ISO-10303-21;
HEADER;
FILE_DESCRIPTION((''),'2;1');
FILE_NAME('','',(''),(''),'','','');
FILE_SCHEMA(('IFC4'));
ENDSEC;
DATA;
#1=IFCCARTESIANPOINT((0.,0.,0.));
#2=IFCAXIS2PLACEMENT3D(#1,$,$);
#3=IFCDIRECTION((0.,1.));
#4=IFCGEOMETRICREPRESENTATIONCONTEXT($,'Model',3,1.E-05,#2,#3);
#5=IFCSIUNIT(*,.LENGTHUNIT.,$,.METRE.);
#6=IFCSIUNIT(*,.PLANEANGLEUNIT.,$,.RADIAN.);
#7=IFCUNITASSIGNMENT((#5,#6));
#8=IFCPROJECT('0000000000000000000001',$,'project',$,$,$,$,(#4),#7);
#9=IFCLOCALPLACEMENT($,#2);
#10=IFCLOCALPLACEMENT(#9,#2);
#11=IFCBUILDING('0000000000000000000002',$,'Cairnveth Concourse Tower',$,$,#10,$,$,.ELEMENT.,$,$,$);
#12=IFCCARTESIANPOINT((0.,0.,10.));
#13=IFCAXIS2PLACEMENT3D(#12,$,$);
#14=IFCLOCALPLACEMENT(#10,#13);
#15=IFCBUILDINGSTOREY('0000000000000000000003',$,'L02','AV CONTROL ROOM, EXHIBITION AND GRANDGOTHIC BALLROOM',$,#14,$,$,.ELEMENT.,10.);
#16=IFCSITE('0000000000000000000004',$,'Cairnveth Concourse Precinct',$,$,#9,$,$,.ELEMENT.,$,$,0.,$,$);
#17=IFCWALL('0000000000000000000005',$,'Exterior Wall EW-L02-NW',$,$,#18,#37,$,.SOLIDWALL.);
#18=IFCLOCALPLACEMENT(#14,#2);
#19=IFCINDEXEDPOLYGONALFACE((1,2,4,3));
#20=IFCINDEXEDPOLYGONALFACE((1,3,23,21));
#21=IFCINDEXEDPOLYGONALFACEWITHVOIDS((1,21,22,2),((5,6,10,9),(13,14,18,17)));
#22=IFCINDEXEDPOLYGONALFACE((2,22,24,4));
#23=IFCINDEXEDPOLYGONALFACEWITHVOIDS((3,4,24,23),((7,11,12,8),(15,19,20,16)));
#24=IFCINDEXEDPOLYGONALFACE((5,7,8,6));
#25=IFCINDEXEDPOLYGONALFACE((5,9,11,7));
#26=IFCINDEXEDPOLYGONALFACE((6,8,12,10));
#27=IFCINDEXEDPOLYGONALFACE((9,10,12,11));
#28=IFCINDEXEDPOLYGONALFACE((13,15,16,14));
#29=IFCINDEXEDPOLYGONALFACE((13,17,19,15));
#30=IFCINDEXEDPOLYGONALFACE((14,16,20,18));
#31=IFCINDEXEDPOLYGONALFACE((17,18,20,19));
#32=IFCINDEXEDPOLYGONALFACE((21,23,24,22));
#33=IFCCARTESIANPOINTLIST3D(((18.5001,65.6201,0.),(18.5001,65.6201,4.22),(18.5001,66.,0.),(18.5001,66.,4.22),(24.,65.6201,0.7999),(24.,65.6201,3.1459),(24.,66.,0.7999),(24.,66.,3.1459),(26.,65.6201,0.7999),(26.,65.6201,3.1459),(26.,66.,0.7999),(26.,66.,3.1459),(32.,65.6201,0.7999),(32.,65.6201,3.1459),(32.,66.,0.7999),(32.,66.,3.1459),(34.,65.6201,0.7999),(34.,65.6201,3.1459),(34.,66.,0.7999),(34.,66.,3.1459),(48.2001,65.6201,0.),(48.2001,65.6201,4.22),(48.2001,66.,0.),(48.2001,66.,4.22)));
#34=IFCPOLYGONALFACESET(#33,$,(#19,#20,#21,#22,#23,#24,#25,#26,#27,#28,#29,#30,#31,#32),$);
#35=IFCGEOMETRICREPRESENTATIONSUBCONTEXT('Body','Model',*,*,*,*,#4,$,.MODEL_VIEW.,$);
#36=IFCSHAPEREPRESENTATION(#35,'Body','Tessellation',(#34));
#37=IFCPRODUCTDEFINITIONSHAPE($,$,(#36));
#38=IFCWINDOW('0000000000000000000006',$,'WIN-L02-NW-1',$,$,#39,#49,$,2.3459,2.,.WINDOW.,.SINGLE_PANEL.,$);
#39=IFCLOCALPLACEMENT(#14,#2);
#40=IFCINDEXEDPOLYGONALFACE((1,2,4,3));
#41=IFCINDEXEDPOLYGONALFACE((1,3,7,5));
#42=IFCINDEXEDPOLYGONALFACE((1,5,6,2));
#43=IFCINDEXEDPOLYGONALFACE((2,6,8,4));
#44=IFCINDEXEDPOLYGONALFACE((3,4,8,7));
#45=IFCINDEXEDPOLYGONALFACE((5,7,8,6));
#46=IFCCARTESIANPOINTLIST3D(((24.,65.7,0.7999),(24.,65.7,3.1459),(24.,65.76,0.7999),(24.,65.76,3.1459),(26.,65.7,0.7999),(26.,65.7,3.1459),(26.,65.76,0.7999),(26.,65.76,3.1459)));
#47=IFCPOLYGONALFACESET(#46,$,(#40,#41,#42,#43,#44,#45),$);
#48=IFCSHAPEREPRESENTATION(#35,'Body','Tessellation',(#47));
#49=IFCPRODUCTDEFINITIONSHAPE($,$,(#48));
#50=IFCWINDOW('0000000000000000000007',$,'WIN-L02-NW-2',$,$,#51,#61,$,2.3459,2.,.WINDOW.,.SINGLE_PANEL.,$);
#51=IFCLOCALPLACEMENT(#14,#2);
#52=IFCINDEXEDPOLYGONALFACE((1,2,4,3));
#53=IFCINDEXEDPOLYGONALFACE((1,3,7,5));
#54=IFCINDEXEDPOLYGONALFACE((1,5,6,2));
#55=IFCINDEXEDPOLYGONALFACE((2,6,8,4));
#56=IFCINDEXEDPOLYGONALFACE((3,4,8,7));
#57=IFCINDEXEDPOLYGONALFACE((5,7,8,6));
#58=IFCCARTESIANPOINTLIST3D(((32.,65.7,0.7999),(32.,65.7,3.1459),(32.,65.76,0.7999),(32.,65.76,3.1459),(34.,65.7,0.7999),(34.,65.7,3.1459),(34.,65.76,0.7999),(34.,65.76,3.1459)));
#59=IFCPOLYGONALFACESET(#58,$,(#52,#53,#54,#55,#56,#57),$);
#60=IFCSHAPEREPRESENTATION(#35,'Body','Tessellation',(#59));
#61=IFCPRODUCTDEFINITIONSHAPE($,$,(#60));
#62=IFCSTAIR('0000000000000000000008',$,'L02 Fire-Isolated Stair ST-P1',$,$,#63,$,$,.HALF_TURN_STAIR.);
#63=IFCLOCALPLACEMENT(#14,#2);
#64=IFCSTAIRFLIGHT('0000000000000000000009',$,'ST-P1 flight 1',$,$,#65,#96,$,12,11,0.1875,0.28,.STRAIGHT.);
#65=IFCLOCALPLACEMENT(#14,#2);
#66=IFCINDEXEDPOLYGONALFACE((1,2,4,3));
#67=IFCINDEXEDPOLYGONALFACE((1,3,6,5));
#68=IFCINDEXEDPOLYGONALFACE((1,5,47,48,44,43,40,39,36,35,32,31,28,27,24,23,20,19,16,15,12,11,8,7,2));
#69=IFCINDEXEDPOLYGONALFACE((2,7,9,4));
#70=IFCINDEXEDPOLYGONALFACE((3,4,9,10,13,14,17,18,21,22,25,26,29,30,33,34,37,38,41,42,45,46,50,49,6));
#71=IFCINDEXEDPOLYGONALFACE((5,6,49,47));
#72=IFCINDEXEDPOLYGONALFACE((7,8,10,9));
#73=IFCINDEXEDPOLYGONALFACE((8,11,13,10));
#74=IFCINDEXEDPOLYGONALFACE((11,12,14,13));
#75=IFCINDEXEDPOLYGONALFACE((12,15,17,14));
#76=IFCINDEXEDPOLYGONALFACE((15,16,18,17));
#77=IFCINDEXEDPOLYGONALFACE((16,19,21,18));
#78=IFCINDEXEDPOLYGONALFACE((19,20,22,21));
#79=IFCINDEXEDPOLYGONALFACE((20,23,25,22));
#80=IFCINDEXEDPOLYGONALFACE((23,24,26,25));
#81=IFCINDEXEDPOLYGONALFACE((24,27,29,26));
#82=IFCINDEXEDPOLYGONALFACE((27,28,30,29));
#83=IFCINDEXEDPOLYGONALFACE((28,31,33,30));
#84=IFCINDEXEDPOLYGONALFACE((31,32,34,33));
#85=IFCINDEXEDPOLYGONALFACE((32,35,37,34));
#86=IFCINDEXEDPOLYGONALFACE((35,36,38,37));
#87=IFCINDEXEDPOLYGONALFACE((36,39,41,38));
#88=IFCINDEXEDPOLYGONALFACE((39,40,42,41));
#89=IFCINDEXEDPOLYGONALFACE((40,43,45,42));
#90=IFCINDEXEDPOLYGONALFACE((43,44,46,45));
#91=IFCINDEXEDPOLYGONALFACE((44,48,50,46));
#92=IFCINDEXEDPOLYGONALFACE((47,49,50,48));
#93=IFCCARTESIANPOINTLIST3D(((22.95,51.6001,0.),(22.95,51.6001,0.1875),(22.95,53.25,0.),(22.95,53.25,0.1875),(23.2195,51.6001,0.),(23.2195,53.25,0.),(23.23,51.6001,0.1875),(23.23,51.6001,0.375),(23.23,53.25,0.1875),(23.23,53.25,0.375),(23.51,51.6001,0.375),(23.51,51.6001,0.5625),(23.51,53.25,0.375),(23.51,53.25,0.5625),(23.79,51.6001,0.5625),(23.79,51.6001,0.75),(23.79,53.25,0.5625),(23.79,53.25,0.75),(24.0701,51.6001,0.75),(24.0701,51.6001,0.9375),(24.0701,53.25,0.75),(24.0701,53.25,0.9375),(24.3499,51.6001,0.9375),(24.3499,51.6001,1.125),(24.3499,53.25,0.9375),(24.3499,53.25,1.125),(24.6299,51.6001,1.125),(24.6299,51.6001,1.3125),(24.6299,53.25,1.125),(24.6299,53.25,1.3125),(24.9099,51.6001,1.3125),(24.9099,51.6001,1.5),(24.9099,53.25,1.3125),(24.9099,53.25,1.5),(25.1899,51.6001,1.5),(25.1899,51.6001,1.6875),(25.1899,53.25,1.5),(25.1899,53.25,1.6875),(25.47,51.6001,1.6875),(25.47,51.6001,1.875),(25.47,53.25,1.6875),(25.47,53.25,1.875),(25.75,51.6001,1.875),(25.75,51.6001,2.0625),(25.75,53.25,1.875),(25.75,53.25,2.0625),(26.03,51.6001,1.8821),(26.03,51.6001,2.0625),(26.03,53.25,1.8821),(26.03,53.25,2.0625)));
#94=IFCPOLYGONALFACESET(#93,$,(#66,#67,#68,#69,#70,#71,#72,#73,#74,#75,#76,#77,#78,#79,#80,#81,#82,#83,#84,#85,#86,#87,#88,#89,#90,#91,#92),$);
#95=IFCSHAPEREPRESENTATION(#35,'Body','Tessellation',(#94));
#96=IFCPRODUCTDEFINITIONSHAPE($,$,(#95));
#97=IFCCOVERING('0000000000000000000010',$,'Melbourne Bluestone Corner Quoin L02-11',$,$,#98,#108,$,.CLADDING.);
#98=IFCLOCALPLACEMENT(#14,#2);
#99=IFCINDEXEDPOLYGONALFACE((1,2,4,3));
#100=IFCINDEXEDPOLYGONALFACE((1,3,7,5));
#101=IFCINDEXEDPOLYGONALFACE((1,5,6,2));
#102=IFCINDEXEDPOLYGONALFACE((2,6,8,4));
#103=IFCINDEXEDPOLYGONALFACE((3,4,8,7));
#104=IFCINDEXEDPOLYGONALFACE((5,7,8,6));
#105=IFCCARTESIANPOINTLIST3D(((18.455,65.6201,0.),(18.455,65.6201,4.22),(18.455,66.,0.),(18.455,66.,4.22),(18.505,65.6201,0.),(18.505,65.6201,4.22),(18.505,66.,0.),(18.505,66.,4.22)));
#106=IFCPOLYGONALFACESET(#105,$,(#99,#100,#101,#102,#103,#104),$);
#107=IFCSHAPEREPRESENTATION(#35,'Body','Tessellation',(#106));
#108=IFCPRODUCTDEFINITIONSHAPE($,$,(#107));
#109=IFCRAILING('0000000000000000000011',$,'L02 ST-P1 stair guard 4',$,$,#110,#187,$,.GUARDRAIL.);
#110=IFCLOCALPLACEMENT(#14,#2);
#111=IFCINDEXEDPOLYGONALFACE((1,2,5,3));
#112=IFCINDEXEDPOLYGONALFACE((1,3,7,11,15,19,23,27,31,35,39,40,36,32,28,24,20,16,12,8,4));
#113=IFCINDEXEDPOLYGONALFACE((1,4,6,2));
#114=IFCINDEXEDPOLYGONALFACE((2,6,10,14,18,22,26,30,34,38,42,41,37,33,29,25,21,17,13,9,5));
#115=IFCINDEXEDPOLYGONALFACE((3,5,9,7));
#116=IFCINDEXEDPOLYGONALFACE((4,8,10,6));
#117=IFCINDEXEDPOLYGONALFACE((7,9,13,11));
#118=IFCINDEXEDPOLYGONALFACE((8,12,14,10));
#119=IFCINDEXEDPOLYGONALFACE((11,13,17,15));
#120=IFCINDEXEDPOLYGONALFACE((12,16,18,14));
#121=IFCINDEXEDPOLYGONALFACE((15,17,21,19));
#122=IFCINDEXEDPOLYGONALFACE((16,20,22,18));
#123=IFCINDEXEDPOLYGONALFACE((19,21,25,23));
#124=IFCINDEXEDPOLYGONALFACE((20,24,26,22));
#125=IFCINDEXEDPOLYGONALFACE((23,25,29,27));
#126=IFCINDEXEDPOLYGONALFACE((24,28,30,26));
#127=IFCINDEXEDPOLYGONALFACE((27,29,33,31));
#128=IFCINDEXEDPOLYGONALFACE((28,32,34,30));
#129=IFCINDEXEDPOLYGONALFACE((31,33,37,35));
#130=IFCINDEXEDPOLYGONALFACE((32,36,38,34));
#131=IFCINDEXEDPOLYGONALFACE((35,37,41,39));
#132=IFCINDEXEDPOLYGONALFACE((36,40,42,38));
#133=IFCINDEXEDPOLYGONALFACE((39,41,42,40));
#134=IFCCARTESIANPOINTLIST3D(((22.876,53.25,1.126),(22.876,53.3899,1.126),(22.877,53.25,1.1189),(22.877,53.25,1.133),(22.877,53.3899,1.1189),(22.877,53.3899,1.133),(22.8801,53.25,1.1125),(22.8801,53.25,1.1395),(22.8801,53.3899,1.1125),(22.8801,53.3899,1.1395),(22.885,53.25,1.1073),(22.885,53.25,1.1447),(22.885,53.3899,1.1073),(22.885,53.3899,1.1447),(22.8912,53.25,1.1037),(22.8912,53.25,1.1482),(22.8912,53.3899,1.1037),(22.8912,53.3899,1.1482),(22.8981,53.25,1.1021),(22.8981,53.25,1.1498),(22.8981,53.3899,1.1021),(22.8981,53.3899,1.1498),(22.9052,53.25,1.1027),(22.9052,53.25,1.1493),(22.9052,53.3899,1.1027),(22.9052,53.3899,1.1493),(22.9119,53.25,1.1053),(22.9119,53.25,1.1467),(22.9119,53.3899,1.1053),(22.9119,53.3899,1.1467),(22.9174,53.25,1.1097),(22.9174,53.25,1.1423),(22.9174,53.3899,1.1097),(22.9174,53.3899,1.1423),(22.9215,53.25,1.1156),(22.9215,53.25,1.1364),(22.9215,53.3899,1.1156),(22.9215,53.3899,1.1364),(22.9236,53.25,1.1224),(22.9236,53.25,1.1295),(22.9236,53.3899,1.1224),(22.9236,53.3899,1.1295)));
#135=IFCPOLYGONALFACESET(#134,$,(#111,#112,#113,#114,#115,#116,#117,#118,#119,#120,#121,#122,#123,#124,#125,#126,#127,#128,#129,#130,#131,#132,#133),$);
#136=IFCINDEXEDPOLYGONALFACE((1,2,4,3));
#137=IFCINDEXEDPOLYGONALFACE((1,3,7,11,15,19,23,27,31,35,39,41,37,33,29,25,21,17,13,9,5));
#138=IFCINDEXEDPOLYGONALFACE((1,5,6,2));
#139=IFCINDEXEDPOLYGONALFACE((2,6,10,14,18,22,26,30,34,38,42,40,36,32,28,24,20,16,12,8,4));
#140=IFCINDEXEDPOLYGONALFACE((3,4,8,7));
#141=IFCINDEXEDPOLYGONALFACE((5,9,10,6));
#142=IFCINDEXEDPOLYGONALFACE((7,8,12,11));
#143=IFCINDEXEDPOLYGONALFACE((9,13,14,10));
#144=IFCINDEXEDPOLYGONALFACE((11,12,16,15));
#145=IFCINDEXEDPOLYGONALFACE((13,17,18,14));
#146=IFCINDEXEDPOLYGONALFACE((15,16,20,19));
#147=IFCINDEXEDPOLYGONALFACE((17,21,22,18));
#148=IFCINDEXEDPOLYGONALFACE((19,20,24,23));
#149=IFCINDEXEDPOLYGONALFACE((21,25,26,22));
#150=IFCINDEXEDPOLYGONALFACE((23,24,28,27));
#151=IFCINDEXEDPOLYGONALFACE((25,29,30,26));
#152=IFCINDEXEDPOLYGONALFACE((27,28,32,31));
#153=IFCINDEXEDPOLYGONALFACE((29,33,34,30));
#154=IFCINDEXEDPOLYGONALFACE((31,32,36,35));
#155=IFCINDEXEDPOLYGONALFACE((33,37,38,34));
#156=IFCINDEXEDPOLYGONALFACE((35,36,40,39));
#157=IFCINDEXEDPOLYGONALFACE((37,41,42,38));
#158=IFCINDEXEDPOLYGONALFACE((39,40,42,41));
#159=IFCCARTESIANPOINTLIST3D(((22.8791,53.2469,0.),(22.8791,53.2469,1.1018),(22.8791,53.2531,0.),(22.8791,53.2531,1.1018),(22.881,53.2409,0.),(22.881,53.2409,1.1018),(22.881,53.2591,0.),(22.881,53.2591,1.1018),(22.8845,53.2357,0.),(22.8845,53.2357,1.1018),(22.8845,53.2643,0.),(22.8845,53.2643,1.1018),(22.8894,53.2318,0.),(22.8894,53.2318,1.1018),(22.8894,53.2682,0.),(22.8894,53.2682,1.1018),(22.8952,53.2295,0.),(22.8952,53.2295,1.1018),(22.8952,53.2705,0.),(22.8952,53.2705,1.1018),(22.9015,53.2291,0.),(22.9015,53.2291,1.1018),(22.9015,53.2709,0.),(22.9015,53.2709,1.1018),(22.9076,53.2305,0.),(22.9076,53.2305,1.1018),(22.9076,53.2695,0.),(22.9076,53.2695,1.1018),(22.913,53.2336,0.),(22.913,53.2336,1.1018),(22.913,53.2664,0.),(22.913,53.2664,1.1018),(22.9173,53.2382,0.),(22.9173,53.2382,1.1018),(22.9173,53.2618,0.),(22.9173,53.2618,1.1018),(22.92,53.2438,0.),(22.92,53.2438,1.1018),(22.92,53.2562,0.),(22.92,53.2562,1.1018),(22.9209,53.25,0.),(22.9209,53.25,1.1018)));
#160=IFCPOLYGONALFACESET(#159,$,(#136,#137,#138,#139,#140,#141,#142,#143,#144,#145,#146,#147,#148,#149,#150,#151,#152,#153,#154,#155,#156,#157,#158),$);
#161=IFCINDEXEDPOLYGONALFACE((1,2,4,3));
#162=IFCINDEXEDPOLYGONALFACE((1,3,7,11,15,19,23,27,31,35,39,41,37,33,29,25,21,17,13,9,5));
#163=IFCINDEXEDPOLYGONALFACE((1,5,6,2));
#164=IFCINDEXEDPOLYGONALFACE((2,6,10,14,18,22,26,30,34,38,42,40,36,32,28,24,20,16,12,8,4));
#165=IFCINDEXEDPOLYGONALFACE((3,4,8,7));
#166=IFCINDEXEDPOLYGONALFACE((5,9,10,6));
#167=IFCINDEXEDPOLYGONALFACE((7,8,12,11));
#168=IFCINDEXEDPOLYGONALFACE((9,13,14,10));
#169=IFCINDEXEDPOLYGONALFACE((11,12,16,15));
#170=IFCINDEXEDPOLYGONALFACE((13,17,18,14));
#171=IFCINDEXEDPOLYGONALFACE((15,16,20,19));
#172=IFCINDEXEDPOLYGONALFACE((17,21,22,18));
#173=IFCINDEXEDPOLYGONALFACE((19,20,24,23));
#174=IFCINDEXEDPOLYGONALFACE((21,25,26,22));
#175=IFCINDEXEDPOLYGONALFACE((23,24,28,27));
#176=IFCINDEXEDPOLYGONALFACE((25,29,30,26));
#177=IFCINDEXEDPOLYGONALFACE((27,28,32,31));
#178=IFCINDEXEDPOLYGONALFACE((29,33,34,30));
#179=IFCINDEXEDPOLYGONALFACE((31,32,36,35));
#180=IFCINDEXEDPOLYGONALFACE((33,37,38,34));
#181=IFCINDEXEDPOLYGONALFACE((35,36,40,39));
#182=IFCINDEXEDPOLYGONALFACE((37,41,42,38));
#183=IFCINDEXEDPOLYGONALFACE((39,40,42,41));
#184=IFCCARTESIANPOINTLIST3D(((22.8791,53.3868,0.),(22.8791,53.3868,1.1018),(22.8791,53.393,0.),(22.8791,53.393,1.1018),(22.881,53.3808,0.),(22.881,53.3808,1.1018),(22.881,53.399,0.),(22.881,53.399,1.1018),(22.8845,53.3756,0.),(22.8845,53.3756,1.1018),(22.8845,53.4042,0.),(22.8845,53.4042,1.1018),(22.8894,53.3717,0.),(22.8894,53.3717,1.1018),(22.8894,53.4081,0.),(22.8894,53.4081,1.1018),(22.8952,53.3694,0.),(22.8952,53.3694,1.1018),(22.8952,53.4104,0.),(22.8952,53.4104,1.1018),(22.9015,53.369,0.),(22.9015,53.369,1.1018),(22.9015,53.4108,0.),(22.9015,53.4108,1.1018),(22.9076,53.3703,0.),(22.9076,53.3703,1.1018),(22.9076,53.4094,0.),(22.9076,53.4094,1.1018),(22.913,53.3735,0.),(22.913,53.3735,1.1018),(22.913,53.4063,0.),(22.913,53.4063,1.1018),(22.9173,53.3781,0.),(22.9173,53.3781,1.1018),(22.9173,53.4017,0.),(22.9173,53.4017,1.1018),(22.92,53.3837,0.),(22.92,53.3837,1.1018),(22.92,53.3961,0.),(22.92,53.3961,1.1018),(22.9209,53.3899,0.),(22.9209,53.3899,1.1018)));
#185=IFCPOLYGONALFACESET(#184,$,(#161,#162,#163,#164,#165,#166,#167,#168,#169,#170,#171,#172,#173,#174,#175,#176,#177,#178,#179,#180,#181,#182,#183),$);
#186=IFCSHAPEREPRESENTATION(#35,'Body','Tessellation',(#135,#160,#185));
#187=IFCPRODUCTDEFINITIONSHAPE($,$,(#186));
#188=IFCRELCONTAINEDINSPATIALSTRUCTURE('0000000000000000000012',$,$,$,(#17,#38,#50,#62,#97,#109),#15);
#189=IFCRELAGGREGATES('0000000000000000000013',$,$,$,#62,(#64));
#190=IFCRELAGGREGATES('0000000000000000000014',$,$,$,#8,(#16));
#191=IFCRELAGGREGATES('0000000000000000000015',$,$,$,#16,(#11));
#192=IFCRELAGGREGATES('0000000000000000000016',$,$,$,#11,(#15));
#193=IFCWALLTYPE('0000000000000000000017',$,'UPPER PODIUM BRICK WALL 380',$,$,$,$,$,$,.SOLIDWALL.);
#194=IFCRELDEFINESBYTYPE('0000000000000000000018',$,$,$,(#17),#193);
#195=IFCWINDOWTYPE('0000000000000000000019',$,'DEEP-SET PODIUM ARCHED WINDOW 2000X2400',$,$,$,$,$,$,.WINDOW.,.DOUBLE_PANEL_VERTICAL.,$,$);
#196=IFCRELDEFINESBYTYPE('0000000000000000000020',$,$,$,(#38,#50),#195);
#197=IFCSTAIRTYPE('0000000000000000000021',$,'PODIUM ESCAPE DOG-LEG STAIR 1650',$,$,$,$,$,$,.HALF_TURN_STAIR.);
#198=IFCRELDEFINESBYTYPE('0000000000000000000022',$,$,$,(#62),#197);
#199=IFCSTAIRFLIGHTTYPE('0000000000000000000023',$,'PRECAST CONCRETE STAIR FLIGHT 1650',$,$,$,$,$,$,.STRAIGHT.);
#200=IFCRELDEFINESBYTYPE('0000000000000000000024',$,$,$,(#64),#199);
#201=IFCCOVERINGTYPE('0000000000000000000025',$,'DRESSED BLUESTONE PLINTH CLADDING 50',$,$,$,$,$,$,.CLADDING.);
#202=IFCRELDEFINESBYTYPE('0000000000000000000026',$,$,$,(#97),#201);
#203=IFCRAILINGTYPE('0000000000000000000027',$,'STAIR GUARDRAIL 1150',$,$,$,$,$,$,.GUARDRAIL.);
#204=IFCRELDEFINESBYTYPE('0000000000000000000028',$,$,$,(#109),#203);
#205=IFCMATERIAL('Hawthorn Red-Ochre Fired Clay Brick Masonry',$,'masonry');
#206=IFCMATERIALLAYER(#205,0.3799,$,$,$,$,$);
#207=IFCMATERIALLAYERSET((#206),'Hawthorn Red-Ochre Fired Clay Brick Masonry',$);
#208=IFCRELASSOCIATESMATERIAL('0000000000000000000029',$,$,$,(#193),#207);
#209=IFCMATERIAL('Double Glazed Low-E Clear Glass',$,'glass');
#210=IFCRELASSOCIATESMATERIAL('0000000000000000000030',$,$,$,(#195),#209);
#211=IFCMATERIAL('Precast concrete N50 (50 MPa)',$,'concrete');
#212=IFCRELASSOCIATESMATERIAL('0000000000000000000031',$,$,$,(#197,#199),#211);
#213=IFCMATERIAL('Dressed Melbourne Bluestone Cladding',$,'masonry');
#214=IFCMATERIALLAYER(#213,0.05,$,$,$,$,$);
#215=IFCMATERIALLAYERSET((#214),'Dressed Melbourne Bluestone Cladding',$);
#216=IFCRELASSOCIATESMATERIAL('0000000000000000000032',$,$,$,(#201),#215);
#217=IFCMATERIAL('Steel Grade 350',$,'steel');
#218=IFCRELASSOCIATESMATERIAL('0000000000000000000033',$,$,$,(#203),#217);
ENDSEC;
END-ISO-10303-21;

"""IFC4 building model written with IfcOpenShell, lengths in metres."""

from ifc_helpers import new_model, si_unit, direction, frame, frame_2d, origin, origin_2d, place, context, subcontext, project, spatial, polyline, rectangle, circle, outline, extrude, material, layer, layer_set, type_object, element, fill, aggregate, save


model = new_model("IFC4")

# Units and contexts
model_context = context("Model", 3, precision=1e-05, world=origin(), true_north=direction((0.0, 1.0)))
body_context = subcontext(model_context, "Body", "Model", "MODEL_VIEW")
ifc_project = project(units=[si_unit("LENGTHUNIT", "METRE"), si_unit("PLANEANGLEUNIT", "RADIAN")], contexts=[model_context])

# Site, building, storey
site_placement = place(None, origin())
site = spatial("IfcSite", under=ifc_project, at=site_placement, Name="Cairnveth Concourse Precinct", CompositionType="ELEMENT", RefElevation=0.0)
building_placement = place(site_placement, origin())
building = spatial("IfcBuilding", under=site, at=building_placement, Name="Cairnveth Concourse Tower", CompositionType="ELEMENT")
storey_placement = place(building_placement, frame((0.0, 0.0, 10.0)))
storey = spatial("IfcBuildingStorey", under=building, at=storey_placement, Name="L02", Description="AV CONTROL ROOM, EXHIBITION AND GRANDGOTHIC BALLROOM", CompositionType="ELEMENT", Elevation=10.0)

# Shared definitions
ifc_material_1 = material(Name="Steel Grade 350", Category="steel")

# Wall, openings, windows
ifc_material_2 = material(Name="Hawthorn Red-Ochre Fired Clay Brick Masonry", Category="masonry")
ifc_layer_1 = layer(ifc_material_2, 0.3799)
ifc_layer_set_1 = layer_set([ifc_layer_1], Name="Hawthorn Red-Ochre Fired Clay Brick Masonry")
wall_type_1 = type_object("IfcWallType", Name="UPPER PODIUM BRICK WALL 380", PredefinedType="SOLIDWALL", material=ifc_layer_set_1)
wall_1_placement = place(storey_placement, frame((18.5, 65.8101, 0.0), z_axis=(0.0, 0.0, 1.0), x_axis=(1.0, 0.0, 0.0)))
wall_1 = element("IfcWall", 1, at=wall_1_placement, inside=storey, type_object=wall_type_1, Name="Exterior Wall EW-L02-NW", PredefinedType="SOLIDWALL", context=body_context, shape_type="SweptSolid", body=[
    extrude(rectangle(XDim=29.7, YDim=0.3799, at=frame_2d((14.8501, 0.0))), origin(), (0.0, 0.0, 1.0), 4.22),
])
opening_1_placement = place(wall_1_placement, frame((5.5, 0.0, 0.8)))
opening_1 = element("IfcOpeningElement", 2, at=opening_1_placement, cuts=wall_1, PredefinedType="OPENING", context=body_context, shape_type="SweptSolid", body=[
    extrude(rectangle(XDim=2.0, YDim=2.3459, at=frame_2d((1.0, 1.1729))), frame((0.0, 0.2, 0.0), z_axis=(0.0, -1.0, 0.0), x_axis=(1.0, 0.0, 0.0)), (0.0, 0.0, 1.0), 0.3999),
])
opening_2_placement = place(wall_1_placement, frame((13.5, 0.0, 0.8)))
opening_2 = element("IfcOpeningElement", 3, at=opening_2_placement, cuts=wall_1, PredefinedType="OPENING", context=body_context, shape_type="SweptSolid", body=[
    extrude(rectangle(XDim=2.0, YDim=2.3459, at=frame_2d((1.0, 1.1729))), frame((0.0, 0.2, 0.0), z_axis=(0.0, -1.0, 0.0), x_axis=(1.0, 0.0, 0.0)), (0.0, 0.0, 1.0), 0.3999),
])
ifc_material_3 = material(Name="Double Glazed Low-E Clear Glass", Category="glass")
window_type = type_object("IfcWindowType", Name="DEEP-SET PODIUM ARCHED WINDOW 2000X2400", PartitioningType="DOUBLE_PANEL_VERTICAL", PredefinedType="WINDOW", material=ifc_material_3)
window_1_placement = place(opening_1_placement, origin())
window_1 = element("IfcWindow", 4, at=window_1_placement, inside=storey, type_object=window_type, Name="WIN-L02-NW-1", OverallHeight=2.3459, OverallWidth=2.0, PartitioningType="SINGLE_PANEL", PredefinedType="WINDOW", context=body_context, shape_type="SweptSolid", body=[
    extrude(rectangle(XDim=2.0, YDim=2.3459, at=frame_2d((1.0, 1.1729))), frame((0.0, -0.05, 0.0), z_axis=(0.0, -1.0, 0.0), x_axis=(1.0, 0.0, 0.0)), (0.0, 0.0, 1.0), 0.0601),
])
fill(opening_1, window_1)
window_2_placement = place(opening_2_placement, origin())
window_2 = element("IfcWindow", 5, at=window_2_placement, inside=storey, type_object=window_type, Name="WIN-L02-NW-2", OverallHeight=2.3459, OverallWidth=2.0, PartitioningType="SINGLE_PANEL", PredefinedType="WINDOW", context=body_context, shape_type="SweptSolid", body=[
    extrude(rectangle(XDim=2.0, YDim=2.3459, at=frame_2d((1.0, 1.1729))), frame((0.0, -0.05, 0.0), z_axis=(0.0, -1.0, 0.0), x_axis=(1.0, 0.0, 0.0)), (0.0, 0.0, 1.0), 0.0601),
])
fill(opening_2, window_2)

# Stair, stair flight
ifc_material_4 = material(Name="Precast concrete N50 (50 MPa)", Category="concrete")
stair_type = type_object("IfcStairType", Name="PODIUM ESCAPE DOG-LEG STAIR 1650", PredefinedType="HALF_TURN_STAIR", material=ifc_material_4)
stair_placement = place(storey_placement, origin())
stair = element("IfcStair", 6, at=stair_placement, inside=storey, type_object=stair_type, Name="L02 Fire-Isolated Stair ST-P1", PredefinedType="HALF_TURN_STAIR")
stair_flight_type = type_object("IfcStairFlightType", Name="PRECAST CONCRETE STAIR FLIGHT 1650", PredefinedType="STRAIGHT", material=ifc_material_4)
stair_flight_placement = place(storey_placement, frame((22.95, 52.425, 0.0), z_axis=(0.0, 0.0, 1.0), x_axis=(1.0, 0.0, 0.0)))
stair_flight = element("IfcStairFlight", 7, at=stair_flight_placement, type_object=stair_flight_type, Name="ST-P1 flight 1", NumberOfRisers=12, NumberOfTreads=11, PredefinedType="STRAIGHT", RiserHeight=0.1875, TreadLength=0.28, context=body_context, shape_type="SweptSolid", body=[
    extrude(outline(polyline([(0.0, 0.0), (0.0, 0.1875), (0.28, 0.1875), (0.28, 0.375), (0.5601, 0.375), (0.5601, 0.5625), (0.8401, 0.5625), (0.8401, 0.75), (1.1201, 0.75), (1.1201, 0.9375), (1.3999, 0.9375), (1.3999, 1.125), (1.6799, 1.125), (1.6799, 1.3125), (1.96, 1.3125), (1.96, 1.5), (2.24, 1.5), (2.24, 1.6875), (2.52, 1.6875), (2.52, 1.875), (2.8, 1.875), (2.8, 2.0625), (3.0801, 2.0625), (3.0801, 2.25), (3.0801, 1.8821), (0.2695, 0.0), (0.0, 0.0)])), frame((0.0, 0.825, 0.0), z_axis=(0.0, -1.0, 0.0), x_axis=(1.0, 0.0, 0.0)), (0.0, 0.0, 1.0), 1.6499),
])
aggregate(stair, [stair_flight])

# Covering
ifc_material_5 = material(Name="Dressed Melbourne Bluestone Cladding", Category="masonry")
ifc_layer_2 = layer(ifc_material_5, 0.05)
ifc_layer_set_2 = layer_set([ifc_layer_2], Name="Dressed Melbourne Bluestone Cladding")
covering_type = type_object("IfcCoveringType", Name="DRESSED BLUESTONE PLINTH CLADDING 50", PredefinedType="CLADDING", material=ifc_layer_set_2)
covering_placement = place(storey_placement, frame((18.48, 65.6201, 0.0), z_axis=(0.0, 0.0, 1.0), x_axis=(0.0, 1.0, 0.0)))
element("IfcCovering", 8, at=covering_placement, inside=storey, type_object=covering_type, Name="Melbourne Bluestone Corner Quoin L02-11", PredefinedType="CLADDING", context=body_context, shape_type="SweptSolid", body=[
    extrude(rectangle(XDim=0.3799, YDim=0.05, at=frame_2d((0.1899, 0.0))), origin(), (0.0, 0.0, 1.0), 4.22),
])

# Railing
railing_type_1 = type_object("IfcRailingType", Name="STAIR GUARDRAIL 1150", PredefinedType="GUARDRAIL", material=ifc_material_1)
railing_1_placement = place(storey_placement, frame((22.8999, 53.25, 0.0)))
element("IfcRailing", 9, at=railing_1_placement, inside=storey, type_object=railing_type_1, Name="L02 ST-P1 stair guard 4", PredefinedType="GUARDRAIL", context=body_context, shape_type="SweptSolid", body=[
    extrude(circle(Radius=0.0239, at=origin_2d()), frame((0.0, 0.0, 1.126), z_axis=(0.0, 1.0, 0.0), x_axis=(-1.0, 0.0, 0.0)), (0.0, 0.0, 1.0), 0.1399),
    extrude(circle(Radius=0.021, at=origin_2d()), origin(), (0.0, 0.0, 1.0), 1.1018),
    extrude(circle(Radius=0.021, at=origin_2d()), frame((0.0, 0.1399, 0.0)), (0.0, 0.0, 1.0), 1.1018),
])

save(model, "model.ifc")
